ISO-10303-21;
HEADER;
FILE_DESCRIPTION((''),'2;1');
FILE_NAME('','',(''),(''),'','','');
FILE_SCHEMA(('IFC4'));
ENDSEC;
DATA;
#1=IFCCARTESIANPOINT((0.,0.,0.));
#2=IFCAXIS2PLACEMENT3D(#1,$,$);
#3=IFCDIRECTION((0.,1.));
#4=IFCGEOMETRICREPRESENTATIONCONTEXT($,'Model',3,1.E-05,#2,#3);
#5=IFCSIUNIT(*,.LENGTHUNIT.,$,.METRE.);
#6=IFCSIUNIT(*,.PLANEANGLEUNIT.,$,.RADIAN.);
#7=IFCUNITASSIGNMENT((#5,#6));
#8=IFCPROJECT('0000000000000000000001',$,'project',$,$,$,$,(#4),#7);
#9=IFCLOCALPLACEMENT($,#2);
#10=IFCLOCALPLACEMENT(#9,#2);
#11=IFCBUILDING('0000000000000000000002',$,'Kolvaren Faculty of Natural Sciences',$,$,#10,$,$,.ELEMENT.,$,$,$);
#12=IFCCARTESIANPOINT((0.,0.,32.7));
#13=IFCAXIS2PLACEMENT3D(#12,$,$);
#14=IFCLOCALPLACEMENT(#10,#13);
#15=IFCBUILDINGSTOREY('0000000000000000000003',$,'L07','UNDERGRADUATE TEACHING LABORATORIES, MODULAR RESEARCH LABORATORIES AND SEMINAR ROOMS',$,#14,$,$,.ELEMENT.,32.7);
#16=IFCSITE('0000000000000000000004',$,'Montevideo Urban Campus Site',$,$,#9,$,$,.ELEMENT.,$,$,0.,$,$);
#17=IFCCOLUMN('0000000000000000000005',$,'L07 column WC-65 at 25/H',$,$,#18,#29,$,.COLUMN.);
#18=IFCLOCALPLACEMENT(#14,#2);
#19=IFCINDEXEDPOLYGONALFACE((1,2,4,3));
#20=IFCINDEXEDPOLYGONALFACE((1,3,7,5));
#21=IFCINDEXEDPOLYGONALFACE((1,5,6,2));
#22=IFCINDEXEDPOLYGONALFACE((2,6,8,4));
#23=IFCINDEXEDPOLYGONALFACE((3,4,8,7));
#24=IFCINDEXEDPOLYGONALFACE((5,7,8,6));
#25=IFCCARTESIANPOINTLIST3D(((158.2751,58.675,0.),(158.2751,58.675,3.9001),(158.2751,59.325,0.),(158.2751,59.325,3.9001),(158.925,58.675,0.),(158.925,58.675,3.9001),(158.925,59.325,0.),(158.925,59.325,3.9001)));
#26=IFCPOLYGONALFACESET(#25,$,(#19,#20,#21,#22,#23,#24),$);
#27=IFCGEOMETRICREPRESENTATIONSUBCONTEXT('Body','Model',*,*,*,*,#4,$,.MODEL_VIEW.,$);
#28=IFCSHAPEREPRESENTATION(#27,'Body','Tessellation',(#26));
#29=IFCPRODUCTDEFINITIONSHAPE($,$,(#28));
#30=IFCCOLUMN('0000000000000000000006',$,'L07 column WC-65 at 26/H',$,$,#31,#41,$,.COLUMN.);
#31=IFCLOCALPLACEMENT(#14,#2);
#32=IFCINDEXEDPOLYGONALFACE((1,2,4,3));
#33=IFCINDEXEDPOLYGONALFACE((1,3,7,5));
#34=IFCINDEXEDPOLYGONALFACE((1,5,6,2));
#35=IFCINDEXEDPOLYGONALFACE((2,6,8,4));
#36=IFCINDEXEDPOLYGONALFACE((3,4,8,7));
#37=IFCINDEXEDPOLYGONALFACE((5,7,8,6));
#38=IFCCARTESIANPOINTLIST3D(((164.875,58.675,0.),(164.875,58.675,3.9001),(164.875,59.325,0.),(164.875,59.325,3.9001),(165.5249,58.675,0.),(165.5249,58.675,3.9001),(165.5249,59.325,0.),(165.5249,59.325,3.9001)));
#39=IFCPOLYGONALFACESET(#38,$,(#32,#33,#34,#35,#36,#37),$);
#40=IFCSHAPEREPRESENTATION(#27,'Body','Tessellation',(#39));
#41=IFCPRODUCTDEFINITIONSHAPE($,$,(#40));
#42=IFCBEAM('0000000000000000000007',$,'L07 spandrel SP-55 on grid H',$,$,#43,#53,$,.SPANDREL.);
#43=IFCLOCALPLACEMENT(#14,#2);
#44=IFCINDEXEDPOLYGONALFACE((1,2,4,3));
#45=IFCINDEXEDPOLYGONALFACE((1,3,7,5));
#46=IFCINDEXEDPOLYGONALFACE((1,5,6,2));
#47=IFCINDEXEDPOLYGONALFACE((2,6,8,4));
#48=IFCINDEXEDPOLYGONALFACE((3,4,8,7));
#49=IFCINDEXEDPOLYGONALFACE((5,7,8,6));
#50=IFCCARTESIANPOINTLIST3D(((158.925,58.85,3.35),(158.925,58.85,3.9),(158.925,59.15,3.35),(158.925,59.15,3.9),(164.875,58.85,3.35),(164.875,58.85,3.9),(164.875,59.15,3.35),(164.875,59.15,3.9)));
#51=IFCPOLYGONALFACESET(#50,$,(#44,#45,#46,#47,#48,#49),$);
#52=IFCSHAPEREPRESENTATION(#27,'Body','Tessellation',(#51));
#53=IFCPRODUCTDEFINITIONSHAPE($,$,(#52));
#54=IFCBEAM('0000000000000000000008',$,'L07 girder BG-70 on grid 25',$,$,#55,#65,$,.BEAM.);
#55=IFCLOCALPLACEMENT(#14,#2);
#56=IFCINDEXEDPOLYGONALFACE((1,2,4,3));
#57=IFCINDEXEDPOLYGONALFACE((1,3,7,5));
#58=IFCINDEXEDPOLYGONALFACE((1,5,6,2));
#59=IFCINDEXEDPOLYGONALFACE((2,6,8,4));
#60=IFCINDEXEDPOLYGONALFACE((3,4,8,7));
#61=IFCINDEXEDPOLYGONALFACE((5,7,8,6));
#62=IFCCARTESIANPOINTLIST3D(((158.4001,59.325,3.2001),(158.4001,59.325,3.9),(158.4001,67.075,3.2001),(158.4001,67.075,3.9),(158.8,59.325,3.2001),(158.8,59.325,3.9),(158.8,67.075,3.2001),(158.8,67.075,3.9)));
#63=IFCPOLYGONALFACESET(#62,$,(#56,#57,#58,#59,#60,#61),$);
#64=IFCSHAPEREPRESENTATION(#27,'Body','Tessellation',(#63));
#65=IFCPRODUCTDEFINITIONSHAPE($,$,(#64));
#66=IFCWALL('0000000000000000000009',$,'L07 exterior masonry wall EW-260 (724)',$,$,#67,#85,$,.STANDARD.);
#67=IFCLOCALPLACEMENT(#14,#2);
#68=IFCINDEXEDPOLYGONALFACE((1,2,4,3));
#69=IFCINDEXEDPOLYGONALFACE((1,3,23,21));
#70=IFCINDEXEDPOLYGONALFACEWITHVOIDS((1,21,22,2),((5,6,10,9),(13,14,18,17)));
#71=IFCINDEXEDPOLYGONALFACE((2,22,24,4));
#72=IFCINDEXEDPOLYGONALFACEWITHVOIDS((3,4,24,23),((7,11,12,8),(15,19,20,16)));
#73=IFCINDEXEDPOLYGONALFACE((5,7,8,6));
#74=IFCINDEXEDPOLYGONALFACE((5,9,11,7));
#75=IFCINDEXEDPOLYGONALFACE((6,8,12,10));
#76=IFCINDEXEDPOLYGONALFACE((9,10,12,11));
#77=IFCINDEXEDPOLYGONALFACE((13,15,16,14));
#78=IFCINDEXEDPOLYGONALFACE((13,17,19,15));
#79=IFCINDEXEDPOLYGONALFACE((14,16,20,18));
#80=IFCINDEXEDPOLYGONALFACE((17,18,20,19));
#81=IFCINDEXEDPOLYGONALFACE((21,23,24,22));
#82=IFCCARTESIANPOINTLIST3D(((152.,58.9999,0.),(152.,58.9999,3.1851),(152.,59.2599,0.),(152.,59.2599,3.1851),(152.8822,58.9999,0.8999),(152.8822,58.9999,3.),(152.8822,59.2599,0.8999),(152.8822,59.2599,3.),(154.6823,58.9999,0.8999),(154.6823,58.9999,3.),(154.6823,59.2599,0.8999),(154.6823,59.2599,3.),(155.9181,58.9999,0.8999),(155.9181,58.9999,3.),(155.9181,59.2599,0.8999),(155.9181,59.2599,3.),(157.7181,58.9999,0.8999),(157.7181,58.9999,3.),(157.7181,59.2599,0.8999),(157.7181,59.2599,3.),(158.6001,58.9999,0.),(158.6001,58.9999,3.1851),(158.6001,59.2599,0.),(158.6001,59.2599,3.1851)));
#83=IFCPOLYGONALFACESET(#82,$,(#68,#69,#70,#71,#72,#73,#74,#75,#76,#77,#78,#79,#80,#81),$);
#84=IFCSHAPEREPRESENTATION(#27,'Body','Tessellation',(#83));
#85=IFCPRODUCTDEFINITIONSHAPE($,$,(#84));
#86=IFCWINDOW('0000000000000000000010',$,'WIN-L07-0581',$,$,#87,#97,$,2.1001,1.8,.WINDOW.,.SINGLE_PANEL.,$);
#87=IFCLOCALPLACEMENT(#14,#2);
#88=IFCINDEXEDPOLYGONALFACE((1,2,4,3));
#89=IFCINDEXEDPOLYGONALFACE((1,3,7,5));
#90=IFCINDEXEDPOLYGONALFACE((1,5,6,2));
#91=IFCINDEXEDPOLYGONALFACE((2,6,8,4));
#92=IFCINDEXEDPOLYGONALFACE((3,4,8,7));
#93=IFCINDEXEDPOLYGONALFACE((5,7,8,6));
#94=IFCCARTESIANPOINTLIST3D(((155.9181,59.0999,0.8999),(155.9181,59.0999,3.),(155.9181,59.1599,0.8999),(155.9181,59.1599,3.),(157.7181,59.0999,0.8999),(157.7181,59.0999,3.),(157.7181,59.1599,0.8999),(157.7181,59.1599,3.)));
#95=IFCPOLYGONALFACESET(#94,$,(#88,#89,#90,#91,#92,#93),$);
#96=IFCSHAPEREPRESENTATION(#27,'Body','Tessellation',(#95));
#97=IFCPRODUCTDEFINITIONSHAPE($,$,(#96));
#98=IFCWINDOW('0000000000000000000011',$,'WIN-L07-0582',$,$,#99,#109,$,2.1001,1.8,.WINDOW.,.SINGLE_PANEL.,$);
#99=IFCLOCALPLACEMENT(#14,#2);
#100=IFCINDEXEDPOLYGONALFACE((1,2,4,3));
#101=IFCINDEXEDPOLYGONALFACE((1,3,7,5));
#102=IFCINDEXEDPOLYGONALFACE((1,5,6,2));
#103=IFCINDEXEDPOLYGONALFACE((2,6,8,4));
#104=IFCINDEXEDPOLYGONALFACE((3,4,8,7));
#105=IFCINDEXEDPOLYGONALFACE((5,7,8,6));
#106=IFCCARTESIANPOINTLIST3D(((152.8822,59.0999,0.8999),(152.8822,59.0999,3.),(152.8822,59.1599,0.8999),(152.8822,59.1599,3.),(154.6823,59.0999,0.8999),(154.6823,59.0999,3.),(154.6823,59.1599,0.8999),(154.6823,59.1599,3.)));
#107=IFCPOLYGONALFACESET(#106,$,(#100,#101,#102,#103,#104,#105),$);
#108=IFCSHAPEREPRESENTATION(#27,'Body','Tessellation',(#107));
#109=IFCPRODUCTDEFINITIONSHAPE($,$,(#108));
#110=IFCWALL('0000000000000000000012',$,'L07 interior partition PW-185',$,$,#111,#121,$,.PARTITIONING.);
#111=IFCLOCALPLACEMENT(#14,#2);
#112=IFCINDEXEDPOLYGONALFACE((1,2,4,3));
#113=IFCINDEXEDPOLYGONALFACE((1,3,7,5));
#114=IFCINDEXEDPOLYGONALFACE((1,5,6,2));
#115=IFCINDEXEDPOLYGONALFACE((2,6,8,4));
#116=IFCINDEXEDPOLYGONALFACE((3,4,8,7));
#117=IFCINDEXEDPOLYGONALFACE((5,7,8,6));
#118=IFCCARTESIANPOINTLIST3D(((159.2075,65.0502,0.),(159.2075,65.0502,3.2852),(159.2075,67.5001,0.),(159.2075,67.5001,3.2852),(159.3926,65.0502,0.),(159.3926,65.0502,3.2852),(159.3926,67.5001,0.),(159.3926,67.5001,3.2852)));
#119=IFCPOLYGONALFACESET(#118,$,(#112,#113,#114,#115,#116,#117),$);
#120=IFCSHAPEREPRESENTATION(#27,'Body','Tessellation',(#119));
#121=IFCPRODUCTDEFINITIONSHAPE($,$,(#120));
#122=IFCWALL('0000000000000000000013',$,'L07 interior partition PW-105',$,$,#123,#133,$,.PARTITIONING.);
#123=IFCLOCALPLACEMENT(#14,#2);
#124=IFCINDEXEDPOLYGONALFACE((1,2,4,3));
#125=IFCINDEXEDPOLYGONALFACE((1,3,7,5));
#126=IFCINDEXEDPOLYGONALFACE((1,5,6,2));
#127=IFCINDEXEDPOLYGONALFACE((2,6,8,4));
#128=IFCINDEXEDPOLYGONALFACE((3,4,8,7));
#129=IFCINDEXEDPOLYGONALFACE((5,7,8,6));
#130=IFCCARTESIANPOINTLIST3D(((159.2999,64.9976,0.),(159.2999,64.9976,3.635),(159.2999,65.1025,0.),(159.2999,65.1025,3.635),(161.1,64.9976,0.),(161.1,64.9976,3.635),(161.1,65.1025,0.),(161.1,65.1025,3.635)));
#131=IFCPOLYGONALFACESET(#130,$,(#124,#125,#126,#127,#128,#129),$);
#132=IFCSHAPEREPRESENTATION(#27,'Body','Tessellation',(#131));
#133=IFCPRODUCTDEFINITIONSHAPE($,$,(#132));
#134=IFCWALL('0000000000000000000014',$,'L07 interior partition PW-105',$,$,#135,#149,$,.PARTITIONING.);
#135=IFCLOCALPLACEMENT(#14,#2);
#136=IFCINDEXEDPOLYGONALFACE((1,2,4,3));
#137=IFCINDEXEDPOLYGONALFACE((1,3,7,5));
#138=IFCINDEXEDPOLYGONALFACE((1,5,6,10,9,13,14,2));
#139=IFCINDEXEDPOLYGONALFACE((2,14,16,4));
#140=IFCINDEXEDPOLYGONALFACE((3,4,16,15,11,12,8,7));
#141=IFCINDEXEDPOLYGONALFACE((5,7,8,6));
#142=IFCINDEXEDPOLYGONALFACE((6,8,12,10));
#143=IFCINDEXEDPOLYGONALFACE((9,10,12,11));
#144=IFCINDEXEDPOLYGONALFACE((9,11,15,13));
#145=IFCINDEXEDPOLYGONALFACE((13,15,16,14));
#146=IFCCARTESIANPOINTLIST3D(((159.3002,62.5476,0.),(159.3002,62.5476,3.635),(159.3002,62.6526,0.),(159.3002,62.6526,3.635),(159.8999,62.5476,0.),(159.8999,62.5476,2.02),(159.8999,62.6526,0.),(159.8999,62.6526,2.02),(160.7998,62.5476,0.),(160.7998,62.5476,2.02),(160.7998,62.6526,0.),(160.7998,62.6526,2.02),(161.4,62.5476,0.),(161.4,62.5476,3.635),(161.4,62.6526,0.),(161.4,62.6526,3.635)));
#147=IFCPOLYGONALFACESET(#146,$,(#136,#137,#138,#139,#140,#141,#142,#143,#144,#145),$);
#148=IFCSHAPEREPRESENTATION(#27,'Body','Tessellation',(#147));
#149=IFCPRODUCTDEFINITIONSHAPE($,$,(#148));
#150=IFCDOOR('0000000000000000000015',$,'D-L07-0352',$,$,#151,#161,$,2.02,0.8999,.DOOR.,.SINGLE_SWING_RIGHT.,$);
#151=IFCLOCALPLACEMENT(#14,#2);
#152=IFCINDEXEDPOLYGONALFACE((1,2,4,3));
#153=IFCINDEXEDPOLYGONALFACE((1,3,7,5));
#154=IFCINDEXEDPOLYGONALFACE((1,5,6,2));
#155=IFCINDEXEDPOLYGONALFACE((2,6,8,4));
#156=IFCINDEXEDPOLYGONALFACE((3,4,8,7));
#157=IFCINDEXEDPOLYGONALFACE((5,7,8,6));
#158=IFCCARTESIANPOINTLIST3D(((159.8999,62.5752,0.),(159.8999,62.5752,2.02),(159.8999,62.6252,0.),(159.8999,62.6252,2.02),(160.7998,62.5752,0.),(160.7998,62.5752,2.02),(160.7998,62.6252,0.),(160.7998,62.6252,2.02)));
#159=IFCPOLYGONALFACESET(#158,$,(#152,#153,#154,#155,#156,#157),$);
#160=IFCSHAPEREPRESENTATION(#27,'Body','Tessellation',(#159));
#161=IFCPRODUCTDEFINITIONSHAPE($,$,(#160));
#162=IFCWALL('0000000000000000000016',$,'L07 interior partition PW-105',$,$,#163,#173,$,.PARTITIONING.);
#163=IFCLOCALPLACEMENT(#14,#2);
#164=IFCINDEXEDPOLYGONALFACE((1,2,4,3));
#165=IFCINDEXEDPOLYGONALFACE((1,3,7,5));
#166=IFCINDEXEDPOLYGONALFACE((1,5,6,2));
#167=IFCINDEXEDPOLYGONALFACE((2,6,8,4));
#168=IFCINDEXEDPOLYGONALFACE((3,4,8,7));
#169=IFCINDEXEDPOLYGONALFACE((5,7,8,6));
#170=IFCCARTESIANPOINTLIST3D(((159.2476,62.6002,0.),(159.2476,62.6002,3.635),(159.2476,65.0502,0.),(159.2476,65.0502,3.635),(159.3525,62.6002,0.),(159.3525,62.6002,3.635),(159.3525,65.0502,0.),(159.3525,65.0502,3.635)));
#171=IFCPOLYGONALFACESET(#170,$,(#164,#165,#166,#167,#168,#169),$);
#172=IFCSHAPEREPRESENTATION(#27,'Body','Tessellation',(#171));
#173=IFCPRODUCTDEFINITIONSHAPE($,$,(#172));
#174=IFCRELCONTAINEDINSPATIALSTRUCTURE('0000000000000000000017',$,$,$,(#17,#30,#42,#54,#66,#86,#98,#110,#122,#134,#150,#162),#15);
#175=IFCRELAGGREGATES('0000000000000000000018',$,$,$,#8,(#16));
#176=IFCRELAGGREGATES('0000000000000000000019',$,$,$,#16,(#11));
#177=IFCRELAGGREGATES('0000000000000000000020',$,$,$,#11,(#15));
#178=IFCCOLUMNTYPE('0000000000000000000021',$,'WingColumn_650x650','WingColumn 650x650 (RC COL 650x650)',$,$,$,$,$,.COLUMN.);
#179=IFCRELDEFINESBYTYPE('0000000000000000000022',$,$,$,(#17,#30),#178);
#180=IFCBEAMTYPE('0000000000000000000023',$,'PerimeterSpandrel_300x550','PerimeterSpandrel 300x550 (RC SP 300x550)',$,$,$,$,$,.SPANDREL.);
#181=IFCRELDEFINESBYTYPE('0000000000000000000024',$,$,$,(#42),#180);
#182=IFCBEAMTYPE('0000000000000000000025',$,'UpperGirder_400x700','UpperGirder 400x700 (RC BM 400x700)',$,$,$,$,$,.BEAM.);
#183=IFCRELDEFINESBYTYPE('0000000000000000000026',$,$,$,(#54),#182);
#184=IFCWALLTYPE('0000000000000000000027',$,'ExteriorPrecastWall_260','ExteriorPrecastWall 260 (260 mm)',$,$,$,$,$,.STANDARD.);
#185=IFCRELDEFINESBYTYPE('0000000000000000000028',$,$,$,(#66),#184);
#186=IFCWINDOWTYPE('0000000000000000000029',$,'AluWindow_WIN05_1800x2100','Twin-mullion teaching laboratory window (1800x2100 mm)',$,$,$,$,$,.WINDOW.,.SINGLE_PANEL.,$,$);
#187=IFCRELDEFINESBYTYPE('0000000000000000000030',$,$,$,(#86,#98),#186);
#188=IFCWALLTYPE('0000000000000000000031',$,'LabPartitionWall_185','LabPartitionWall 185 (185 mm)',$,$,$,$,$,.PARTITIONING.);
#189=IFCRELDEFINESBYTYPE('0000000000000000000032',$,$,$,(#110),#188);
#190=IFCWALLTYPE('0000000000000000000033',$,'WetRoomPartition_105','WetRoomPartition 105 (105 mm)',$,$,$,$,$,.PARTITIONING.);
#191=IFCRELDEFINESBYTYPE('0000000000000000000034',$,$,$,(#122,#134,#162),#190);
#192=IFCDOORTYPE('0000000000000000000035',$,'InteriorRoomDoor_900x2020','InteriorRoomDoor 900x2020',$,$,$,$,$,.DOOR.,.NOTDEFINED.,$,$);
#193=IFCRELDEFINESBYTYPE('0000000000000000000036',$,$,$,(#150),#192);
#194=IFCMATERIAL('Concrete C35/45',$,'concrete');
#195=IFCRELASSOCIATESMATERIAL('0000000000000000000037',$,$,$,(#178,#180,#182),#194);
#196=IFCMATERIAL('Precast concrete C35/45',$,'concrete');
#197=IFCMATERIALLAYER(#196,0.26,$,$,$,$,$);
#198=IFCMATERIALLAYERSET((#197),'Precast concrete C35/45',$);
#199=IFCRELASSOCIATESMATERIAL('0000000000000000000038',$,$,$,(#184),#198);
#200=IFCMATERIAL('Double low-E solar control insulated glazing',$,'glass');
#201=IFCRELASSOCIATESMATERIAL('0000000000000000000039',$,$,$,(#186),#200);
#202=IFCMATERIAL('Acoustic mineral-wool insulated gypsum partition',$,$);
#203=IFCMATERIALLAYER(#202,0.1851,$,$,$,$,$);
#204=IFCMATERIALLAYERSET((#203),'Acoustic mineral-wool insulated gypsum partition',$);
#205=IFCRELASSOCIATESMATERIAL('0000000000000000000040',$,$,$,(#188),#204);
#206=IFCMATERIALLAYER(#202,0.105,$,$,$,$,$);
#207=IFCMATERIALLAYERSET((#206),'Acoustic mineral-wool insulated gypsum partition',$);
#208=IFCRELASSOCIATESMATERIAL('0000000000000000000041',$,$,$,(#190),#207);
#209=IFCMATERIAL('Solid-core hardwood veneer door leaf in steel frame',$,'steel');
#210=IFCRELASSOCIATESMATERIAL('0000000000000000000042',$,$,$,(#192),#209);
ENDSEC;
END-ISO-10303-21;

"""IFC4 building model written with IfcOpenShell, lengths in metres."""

from ifc_helpers import new_model, si_unit, direction, frame, frame_2d, origin, origin_2d, place, context, subcontext, project, spatial, rectangle, extrude, material, layer, layer_set, material_profile, profile_set, type_object, element, fill, save


model = new_model("IFC4")

# Units and contexts
model_context = context("Model", 3, precision=1e-05, world=origin(), true_north=direction((0.0, 1.0)))
body_context = subcontext(model_context, "Body", "Model", "MODEL_VIEW")
ifc_project = project(units=[si_unit("LENGTHUNIT", "METRE"), si_unit("PLANEANGLEUNIT", "RADIAN")], contexts=[model_context])

# Site, building, storey
site_placement = place(None, origin())
site = spatial("IfcSite", under=ifc_project, at=site_placement, Name="Montevideo Urban Campus Site", CompositionType="ELEMENT", RefElevation=0.0)
building_placement = place(site_placement, origin())
building = spatial("IfcBuilding", under=site, at=building_placement, Name="Kolvaren Faculty of Natural Sciences", CompositionType="ELEMENT")
storey_placement = place(building_placement, frame((0.0, 0.0, 32.7)))
storey = spatial("IfcBuildingStorey", under=building, at=storey_placement, Name="L07", Description="UNDERGRADUATE TEACHING LABORATORIES, MODULAR RESEARCH LABORATORIES AND SEMINAR ROOMS", CompositionType="ELEMENT", Elevation=32.7)

# Columns
ifc_material_1 = material(Name="Concrete C35/45", Category="concrete")
ifc_material_profile_1 = material_profile(ifc_material_1, rectangle(XDim=0.6499, YDim=0.6499, at=origin_2d()), Name="RC COL 650x650")
ifc_profile_set_1 = profile_set([ifc_material_profile_1], Name="Concrete C35/45")
column_type = type_object("IfcColumnType", Name="WingColumn_650x650", Description="WingColumn 650x650 (RC COL 650x650)", PredefinedType="COLUMN", material=ifc_profile_set_1)
for number, where, z_axis, x_axis, name in (
    (1, (158.6001, 59.0, 0.0), (0.0, 0.0, 1.0), (1.0, 0.0, 0.0), "L07 column WC-65 at 25/H"),
    (2, (165.2, 59.0, 0.0), (0.0, 0.0, 1.0), (1.0, 0.0, 0.0), "L07 column WC-65 at 26/H"),
):
    element("IfcColumn", number, at=place(storey_placement, frame(where, z_axis=z_axis, x_axis=x_axis)), inside=storey, type_object=column_type, Name=name, PredefinedType="COLUMN", context=body_context, shape_type="SweptSolid", body=[
        extrude(rectangle(XDim=0.6499, YDim=0.6499, at=origin_2d()), origin(), (0.0, 0.0, 1.0), 3.9001),
    ])

# Beams
ifc_material_profile_2 = material_profile(ifc_material_1, rectangle(XDim=0.3, YDim=0.55, at=origin_2d()), Name="RC SP 300x550")
ifc_profile_set_2 = profile_set([ifc_material_profile_2], Name="Concrete C35/45")
beam_type_1 = type_object("IfcBeamType", Name="PerimeterSpandrel_300x550", Description="PerimeterSpandrel 300x550 (RC SP 300x550)", PredefinedType="SPANDREL", material=ifc_profile_set_2)
beam_1_placement = place(storey_placement, frame((158.925, 59.0, 3.625), z_axis=(1.0, 0.0, 0.0), x_axis=(0.0, 1.0, 0.0)))
element("IfcBeam", 3, at=beam_1_placement, inside=storey, type_object=beam_type_1, Name="L07 spandrel SP-55 on grid H", PredefinedType="SPANDREL", context=body_context, shape_type="SweptSolid", body=[
    extrude(rectangle(XDim=0.3, YDim=0.55, at=origin_2d()), origin(), (0.0, 0.0, 1.0), 5.95),
])
ifc_material_profile_3 = material_profile(ifc_material_1, rectangle(XDim=0.3999, YDim=0.7, at=origin_2d()), Name="RC BM 400x700")
ifc_profile_set_3 = profile_set([ifc_material_profile_3], Name="Concrete C35/45")
beam_type_2 = type_object("IfcBeamType", Name="UpperGirder_400x700", Description="UpperGirder 400x700 (RC BM 400x700)", PredefinedType="BEAM", material=ifc_profile_set_3)
beam_2_placement = place(storey_placement, frame((158.6001, 59.325, 3.55), z_axis=(0.0, 1.0, 0.0), x_axis=(-1.0, 0.0, 0.0)))
element("IfcBeam", 4, at=beam_2_placement, inside=storey, type_object=beam_type_2, Name="L07 girder BG-70 on grid 25", PredefinedType="BEAM", context=body_context, shape_type="SweptSolid", body=[
    extrude(rectangle(XDim=0.3999, YDim=0.7, at=origin_2d()), origin(), (0.0, 0.0, 1.0), 7.75),
])

# Wall, openings, windows
ifc_material_2 = material(Name="Precast concrete C35/45", Category="concrete")
ifc_layer_1 = layer(ifc_material_2, 0.26)
ifc_layer_set_1 = layer_set([ifc_layer_1], Name="Precast concrete C35/45")
wall_type_1 = type_object("IfcWallType", Name="ExteriorPrecastWall_260", Description="ExteriorPrecastWall 260 (260 mm)", PredefinedType="STANDARD", material=ifc_layer_set_1)
wall_1_placement = place(storey_placement, frame((158.6001, 59.1299, 0.0), z_axis=(0.0, 0.0, 1.0), x_axis=(-1.0, 0.0, 0.0)))
wall_1 = element("IfcWall", 5, at=wall_1_placement, inside=storey, type_object=wall_type_1, Name="L07 exterior masonry wall EW-260 (724)", PredefinedType="STANDARD", context=body_context, shape_type="SweptSolid", body=[
    extrude(rectangle(XDim=6.6001, YDim=0.26, at=frame_2d((3.3, 0.0))), origin(), (0.0, 0.0, 1.0), 3.1851),
])
opening_1_placement = place(wall_1_placement, frame((0.8821, 0.0, 0.8999)))
opening_1 = element("IfcOpeningElement", 6, at=opening_1_placement, cuts=wall_1, PredefinedType="OPENING", context=body_context, shape_type="SweptSolid", body=[
    extrude(rectangle(XDim=1.8, YDim=2.1001, at=frame_2d((0.8999, 1.05))), frame((0.0, 0.1399, 0.0), z_axis=(0.0, -1.0, 0.0), x_axis=(1.0, 0.0, 0.0)), (0.0, 0.0, 1.0), 0.28),
])
opening_2_placement = place(wall_1_placement, frame((3.918, 0.0, 0.8999)))
opening_2 = element("IfcOpeningElement", 7, at=opening_2_placement, cuts=wall_1, PredefinedType="OPENING", context=body_context, shape_type="SweptSolid", body=[
    extrude(rectangle(XDim=1.8, YDim=2.1001, at=frame_2d((0.8999, 1.05))), frame((0.0, 0.1399, 0.0), z_axis=(0.0, -1.0, 0.0), x_axis=(1.0, 0.0, 0.0)), (0.0, 0.0, 1.0), 0.28),
])
ifc_material_3 = material(Name="Double low-E solar control insulated glazing", Category="glass")
window_type = type_object("IfcWindowType", Name="AluWindow_WIN05_1800x2100", Description="Twin-mullion teaching laboratory window (1800x2100 mm)", PartitioningType="SINGLE_PANEL", PredefinedType="WINDOW", material=ifc_material_3)
window_1_placement = place(opening_1_placement, origin())
window_1 = element("IfcWindow", 8, at=window_1_placement, inside=storey, type_object=window_type, Name="WIN-L07-0581", OverallHeight=2.1001, OverallWidth=1.8, PartitioningType="SINGLE_PANEL", PredefinedType="WINDOW", context=body_context, shape_type="SweptSolid", body=[
    extrude(rectangle(XDim=1.8, YDim=2.1001, at=frame_2d((0.8999, 1.05))), frame((0.0, 0.03, 0.0), z_axis=(0.0, -1.0, 0.0), x_axis=(1.0, 0.0, 0.0)), (0.0, 0.0, 1.0), 0.0601),
])
fill(opening_1, window_1)
window_2_placement = place(opening_2_placement, origin())
window_2 = element("IfcWindow", 9, at=window_2_placement, inside=storey, type_object=window_type, Name="WIN-L07-0582", OverallHeight=2.1001, OverallWidth=1.8, PartitioningType="SINGLE_PANEL", PredefinedType="WINDOW", context=body_context, shape_type="SweptSolid", body=[
    extrude(rectangle(XDim=1.8, YDim=2.1001, at=frame_2d((0.8999, 1.05))), frame((0.0, 0.03, 0.0), z_axis=(0.0, -1.0, 0.0), x_axis=(1.0, 0.0, 0.0)), (0.0, 0.0, 1.0), 0.0601),
])
fill(opening_2, window_2)

# Walls
ifc_material_4 = material(Name="Acoustic mineral-wool insulated gypsum partition")
ifc_layer_2 = layer(ifc_material_4, 0.1851)
ifc_layer_set_2 = layer_set([ifc_layer_2], Name="Acoustic mineral-wool insulated gypsum partition")
wall_type_2 = type_object("IfcWallType", Name="LabPartitionWall_185", Description="LabPartitionWall 185 (185 mm)", PredefinedType="PARTITIONING", material=ifc_layer_set_2)
wall_2_placement = place(storey_placement, frame((159.3, 65.05, 0.0), z_axis=(0.0, 0.0, 1.0), x_axis=(0.0, 1.0, 0.0)))
element("IfcWall", 10, at=wall_2_placement, inside=storey, type_object=wall_type_2, Name="L07 interior partition PW-185", PredefinedType="PARTITIONING", context=body_context, shape_type="SweptSolid", body=[
    extrude(rectangle(XDim=2.45, YDim=0.1851, at=frame_2d((1.2251, 0.0))), origin(), (0.0, 0.0, 1.0), 3.2852),
])
ifc_layer_3 = layer(ifc_material_4, 0.105)
ifc_layer_set_3 = layer_set([ifc_layer_3], Name="Acoustic mineral-wool insulated gypsum partition")
wall_type_3 = type_object("IfcWallType", Name="WetRoomPartition_105", Description="WetRoomPartition 105 (105 mm)", PredefinedType="PARTITIONING", material=ifc_layer_set_3)
wall_3_placement = place(storey_placement, frame((159.3, 65.05, 0.0), z_axis=(0.0, 0.0, 1.0), x_axis=(1.0, 0.0, 0.0)))
element("IfcWall", 11, at=wall_3_placement, inside=storey, type_object=wall_type_3, Name="L07 interior partition PW-105", PredefinedType="PARTITIONING", context=body_context, shape_type="SweptSolid", body=[
    extrude(rectangle(XDim=1.8, YDim=0.105, at=frame_2d((0.8999, 0.0))), origin(), (0.0, 0.0, 1.0), 3.635),
])

# Wall, opening, door
wall_4_placement = place(storey_placement, frame((161.3999, 62.6001, 0.0), z_axis=(0.0, 0.0, 1.0), x_axis=(-1.0, 0.0, 0.0)))
wall_4 = element("IfcWall", 12, at=wall_4_placement, inside=storey, type_object=wall_type_3, Name="L07 interior partition PW-105", PredefinedType="PARTITIONING", context=body_context, shape_type="SweptSolid", body=[
    extrude(rectangle(XDim=2.0999, YDim=0.105, at=frame_2d((1.0498, 0.0))), origin(), (0.0, 0.0, 1.0), 3.635),
])
opening_3_placement = place(wall_4_placement, frame((0.6001, 0.0, 0.0)))
opening_3 = element("IfcOpeningElement", 13, at=opening_3_placement, cuts=wall_4, PredefinedType="OPENING", context=body_context, shape_type="SweptSolid", body=[
    extrude(rectangle(XDim=0.8999, YDim=2.02, at=frame_2d((0.45, 1.01))), frame((0.0, 0.0625, 0.0), z_axis=(0.0, -1.0, 0.0), x_axis=(1.0, 0.0, 0.0)), (0.0, 0.0, 1.0), 0.125),
])
ifc_material_5 = material(Name="Solid-core hardwood veneer door leaf in steel frame", Category="steel")
door_type_1 = type_object("IfcDoorType", Name="InteriorRoomDoor_900x2020", Description="InteriorRoomDoor 900x2020", OperationType="NOTDEFINED", PredefinedType="DOOR", material=ifc_material_5)
door_1_placement = place(opening_3_placement, origin())
door_1 = element("IfcDoor", 14, at=door_1_placement, inside=storey, type_object=door_type_1, Name="D-L07-0352", OperationType="SINGLE_SWING_RIGHT", OverallHeight=2.02, OverallWidth=0.8999, PredefinedType="DOOR", context=body_context, shape_type="SweptSolid", body=[
    extrude(rectangle(XDim=0.8999, YDim=2.02, at=frame_2d((0.45, 1.01))), frame((0.0, 0.0249, 0.0), z_axis=(0.0, -1.0, 0.0), x_axis=(1.0, 0.0, 0.0)), (0.0, 0.0, 1.0), 0.05),
])
fill(opening_3, door_1)

# Wall
wall_5_placement = place(storey_placement, frame((159.3, 62.6001, 0.0), z_axis=(0.0, 0.0, 1.0), x_axis=(0.0, 1.0, 0.0)))
element("IfcWall", 15, at=wall_5_placement, inside=storey, type_object=wall_type_3, Name="L07 interior partition PW-105", PredefinedType="PARTITIONING", context=body_context, shape_type="SweptSolid", body=[
    extrude(rectangle(XDim=2.45, YDim=0.105, at=frame_2d((1.2251, 0.0))), origin(), (0.0, 0.0, 1.0), 3.635),
])

save(model, "model.ifc")
